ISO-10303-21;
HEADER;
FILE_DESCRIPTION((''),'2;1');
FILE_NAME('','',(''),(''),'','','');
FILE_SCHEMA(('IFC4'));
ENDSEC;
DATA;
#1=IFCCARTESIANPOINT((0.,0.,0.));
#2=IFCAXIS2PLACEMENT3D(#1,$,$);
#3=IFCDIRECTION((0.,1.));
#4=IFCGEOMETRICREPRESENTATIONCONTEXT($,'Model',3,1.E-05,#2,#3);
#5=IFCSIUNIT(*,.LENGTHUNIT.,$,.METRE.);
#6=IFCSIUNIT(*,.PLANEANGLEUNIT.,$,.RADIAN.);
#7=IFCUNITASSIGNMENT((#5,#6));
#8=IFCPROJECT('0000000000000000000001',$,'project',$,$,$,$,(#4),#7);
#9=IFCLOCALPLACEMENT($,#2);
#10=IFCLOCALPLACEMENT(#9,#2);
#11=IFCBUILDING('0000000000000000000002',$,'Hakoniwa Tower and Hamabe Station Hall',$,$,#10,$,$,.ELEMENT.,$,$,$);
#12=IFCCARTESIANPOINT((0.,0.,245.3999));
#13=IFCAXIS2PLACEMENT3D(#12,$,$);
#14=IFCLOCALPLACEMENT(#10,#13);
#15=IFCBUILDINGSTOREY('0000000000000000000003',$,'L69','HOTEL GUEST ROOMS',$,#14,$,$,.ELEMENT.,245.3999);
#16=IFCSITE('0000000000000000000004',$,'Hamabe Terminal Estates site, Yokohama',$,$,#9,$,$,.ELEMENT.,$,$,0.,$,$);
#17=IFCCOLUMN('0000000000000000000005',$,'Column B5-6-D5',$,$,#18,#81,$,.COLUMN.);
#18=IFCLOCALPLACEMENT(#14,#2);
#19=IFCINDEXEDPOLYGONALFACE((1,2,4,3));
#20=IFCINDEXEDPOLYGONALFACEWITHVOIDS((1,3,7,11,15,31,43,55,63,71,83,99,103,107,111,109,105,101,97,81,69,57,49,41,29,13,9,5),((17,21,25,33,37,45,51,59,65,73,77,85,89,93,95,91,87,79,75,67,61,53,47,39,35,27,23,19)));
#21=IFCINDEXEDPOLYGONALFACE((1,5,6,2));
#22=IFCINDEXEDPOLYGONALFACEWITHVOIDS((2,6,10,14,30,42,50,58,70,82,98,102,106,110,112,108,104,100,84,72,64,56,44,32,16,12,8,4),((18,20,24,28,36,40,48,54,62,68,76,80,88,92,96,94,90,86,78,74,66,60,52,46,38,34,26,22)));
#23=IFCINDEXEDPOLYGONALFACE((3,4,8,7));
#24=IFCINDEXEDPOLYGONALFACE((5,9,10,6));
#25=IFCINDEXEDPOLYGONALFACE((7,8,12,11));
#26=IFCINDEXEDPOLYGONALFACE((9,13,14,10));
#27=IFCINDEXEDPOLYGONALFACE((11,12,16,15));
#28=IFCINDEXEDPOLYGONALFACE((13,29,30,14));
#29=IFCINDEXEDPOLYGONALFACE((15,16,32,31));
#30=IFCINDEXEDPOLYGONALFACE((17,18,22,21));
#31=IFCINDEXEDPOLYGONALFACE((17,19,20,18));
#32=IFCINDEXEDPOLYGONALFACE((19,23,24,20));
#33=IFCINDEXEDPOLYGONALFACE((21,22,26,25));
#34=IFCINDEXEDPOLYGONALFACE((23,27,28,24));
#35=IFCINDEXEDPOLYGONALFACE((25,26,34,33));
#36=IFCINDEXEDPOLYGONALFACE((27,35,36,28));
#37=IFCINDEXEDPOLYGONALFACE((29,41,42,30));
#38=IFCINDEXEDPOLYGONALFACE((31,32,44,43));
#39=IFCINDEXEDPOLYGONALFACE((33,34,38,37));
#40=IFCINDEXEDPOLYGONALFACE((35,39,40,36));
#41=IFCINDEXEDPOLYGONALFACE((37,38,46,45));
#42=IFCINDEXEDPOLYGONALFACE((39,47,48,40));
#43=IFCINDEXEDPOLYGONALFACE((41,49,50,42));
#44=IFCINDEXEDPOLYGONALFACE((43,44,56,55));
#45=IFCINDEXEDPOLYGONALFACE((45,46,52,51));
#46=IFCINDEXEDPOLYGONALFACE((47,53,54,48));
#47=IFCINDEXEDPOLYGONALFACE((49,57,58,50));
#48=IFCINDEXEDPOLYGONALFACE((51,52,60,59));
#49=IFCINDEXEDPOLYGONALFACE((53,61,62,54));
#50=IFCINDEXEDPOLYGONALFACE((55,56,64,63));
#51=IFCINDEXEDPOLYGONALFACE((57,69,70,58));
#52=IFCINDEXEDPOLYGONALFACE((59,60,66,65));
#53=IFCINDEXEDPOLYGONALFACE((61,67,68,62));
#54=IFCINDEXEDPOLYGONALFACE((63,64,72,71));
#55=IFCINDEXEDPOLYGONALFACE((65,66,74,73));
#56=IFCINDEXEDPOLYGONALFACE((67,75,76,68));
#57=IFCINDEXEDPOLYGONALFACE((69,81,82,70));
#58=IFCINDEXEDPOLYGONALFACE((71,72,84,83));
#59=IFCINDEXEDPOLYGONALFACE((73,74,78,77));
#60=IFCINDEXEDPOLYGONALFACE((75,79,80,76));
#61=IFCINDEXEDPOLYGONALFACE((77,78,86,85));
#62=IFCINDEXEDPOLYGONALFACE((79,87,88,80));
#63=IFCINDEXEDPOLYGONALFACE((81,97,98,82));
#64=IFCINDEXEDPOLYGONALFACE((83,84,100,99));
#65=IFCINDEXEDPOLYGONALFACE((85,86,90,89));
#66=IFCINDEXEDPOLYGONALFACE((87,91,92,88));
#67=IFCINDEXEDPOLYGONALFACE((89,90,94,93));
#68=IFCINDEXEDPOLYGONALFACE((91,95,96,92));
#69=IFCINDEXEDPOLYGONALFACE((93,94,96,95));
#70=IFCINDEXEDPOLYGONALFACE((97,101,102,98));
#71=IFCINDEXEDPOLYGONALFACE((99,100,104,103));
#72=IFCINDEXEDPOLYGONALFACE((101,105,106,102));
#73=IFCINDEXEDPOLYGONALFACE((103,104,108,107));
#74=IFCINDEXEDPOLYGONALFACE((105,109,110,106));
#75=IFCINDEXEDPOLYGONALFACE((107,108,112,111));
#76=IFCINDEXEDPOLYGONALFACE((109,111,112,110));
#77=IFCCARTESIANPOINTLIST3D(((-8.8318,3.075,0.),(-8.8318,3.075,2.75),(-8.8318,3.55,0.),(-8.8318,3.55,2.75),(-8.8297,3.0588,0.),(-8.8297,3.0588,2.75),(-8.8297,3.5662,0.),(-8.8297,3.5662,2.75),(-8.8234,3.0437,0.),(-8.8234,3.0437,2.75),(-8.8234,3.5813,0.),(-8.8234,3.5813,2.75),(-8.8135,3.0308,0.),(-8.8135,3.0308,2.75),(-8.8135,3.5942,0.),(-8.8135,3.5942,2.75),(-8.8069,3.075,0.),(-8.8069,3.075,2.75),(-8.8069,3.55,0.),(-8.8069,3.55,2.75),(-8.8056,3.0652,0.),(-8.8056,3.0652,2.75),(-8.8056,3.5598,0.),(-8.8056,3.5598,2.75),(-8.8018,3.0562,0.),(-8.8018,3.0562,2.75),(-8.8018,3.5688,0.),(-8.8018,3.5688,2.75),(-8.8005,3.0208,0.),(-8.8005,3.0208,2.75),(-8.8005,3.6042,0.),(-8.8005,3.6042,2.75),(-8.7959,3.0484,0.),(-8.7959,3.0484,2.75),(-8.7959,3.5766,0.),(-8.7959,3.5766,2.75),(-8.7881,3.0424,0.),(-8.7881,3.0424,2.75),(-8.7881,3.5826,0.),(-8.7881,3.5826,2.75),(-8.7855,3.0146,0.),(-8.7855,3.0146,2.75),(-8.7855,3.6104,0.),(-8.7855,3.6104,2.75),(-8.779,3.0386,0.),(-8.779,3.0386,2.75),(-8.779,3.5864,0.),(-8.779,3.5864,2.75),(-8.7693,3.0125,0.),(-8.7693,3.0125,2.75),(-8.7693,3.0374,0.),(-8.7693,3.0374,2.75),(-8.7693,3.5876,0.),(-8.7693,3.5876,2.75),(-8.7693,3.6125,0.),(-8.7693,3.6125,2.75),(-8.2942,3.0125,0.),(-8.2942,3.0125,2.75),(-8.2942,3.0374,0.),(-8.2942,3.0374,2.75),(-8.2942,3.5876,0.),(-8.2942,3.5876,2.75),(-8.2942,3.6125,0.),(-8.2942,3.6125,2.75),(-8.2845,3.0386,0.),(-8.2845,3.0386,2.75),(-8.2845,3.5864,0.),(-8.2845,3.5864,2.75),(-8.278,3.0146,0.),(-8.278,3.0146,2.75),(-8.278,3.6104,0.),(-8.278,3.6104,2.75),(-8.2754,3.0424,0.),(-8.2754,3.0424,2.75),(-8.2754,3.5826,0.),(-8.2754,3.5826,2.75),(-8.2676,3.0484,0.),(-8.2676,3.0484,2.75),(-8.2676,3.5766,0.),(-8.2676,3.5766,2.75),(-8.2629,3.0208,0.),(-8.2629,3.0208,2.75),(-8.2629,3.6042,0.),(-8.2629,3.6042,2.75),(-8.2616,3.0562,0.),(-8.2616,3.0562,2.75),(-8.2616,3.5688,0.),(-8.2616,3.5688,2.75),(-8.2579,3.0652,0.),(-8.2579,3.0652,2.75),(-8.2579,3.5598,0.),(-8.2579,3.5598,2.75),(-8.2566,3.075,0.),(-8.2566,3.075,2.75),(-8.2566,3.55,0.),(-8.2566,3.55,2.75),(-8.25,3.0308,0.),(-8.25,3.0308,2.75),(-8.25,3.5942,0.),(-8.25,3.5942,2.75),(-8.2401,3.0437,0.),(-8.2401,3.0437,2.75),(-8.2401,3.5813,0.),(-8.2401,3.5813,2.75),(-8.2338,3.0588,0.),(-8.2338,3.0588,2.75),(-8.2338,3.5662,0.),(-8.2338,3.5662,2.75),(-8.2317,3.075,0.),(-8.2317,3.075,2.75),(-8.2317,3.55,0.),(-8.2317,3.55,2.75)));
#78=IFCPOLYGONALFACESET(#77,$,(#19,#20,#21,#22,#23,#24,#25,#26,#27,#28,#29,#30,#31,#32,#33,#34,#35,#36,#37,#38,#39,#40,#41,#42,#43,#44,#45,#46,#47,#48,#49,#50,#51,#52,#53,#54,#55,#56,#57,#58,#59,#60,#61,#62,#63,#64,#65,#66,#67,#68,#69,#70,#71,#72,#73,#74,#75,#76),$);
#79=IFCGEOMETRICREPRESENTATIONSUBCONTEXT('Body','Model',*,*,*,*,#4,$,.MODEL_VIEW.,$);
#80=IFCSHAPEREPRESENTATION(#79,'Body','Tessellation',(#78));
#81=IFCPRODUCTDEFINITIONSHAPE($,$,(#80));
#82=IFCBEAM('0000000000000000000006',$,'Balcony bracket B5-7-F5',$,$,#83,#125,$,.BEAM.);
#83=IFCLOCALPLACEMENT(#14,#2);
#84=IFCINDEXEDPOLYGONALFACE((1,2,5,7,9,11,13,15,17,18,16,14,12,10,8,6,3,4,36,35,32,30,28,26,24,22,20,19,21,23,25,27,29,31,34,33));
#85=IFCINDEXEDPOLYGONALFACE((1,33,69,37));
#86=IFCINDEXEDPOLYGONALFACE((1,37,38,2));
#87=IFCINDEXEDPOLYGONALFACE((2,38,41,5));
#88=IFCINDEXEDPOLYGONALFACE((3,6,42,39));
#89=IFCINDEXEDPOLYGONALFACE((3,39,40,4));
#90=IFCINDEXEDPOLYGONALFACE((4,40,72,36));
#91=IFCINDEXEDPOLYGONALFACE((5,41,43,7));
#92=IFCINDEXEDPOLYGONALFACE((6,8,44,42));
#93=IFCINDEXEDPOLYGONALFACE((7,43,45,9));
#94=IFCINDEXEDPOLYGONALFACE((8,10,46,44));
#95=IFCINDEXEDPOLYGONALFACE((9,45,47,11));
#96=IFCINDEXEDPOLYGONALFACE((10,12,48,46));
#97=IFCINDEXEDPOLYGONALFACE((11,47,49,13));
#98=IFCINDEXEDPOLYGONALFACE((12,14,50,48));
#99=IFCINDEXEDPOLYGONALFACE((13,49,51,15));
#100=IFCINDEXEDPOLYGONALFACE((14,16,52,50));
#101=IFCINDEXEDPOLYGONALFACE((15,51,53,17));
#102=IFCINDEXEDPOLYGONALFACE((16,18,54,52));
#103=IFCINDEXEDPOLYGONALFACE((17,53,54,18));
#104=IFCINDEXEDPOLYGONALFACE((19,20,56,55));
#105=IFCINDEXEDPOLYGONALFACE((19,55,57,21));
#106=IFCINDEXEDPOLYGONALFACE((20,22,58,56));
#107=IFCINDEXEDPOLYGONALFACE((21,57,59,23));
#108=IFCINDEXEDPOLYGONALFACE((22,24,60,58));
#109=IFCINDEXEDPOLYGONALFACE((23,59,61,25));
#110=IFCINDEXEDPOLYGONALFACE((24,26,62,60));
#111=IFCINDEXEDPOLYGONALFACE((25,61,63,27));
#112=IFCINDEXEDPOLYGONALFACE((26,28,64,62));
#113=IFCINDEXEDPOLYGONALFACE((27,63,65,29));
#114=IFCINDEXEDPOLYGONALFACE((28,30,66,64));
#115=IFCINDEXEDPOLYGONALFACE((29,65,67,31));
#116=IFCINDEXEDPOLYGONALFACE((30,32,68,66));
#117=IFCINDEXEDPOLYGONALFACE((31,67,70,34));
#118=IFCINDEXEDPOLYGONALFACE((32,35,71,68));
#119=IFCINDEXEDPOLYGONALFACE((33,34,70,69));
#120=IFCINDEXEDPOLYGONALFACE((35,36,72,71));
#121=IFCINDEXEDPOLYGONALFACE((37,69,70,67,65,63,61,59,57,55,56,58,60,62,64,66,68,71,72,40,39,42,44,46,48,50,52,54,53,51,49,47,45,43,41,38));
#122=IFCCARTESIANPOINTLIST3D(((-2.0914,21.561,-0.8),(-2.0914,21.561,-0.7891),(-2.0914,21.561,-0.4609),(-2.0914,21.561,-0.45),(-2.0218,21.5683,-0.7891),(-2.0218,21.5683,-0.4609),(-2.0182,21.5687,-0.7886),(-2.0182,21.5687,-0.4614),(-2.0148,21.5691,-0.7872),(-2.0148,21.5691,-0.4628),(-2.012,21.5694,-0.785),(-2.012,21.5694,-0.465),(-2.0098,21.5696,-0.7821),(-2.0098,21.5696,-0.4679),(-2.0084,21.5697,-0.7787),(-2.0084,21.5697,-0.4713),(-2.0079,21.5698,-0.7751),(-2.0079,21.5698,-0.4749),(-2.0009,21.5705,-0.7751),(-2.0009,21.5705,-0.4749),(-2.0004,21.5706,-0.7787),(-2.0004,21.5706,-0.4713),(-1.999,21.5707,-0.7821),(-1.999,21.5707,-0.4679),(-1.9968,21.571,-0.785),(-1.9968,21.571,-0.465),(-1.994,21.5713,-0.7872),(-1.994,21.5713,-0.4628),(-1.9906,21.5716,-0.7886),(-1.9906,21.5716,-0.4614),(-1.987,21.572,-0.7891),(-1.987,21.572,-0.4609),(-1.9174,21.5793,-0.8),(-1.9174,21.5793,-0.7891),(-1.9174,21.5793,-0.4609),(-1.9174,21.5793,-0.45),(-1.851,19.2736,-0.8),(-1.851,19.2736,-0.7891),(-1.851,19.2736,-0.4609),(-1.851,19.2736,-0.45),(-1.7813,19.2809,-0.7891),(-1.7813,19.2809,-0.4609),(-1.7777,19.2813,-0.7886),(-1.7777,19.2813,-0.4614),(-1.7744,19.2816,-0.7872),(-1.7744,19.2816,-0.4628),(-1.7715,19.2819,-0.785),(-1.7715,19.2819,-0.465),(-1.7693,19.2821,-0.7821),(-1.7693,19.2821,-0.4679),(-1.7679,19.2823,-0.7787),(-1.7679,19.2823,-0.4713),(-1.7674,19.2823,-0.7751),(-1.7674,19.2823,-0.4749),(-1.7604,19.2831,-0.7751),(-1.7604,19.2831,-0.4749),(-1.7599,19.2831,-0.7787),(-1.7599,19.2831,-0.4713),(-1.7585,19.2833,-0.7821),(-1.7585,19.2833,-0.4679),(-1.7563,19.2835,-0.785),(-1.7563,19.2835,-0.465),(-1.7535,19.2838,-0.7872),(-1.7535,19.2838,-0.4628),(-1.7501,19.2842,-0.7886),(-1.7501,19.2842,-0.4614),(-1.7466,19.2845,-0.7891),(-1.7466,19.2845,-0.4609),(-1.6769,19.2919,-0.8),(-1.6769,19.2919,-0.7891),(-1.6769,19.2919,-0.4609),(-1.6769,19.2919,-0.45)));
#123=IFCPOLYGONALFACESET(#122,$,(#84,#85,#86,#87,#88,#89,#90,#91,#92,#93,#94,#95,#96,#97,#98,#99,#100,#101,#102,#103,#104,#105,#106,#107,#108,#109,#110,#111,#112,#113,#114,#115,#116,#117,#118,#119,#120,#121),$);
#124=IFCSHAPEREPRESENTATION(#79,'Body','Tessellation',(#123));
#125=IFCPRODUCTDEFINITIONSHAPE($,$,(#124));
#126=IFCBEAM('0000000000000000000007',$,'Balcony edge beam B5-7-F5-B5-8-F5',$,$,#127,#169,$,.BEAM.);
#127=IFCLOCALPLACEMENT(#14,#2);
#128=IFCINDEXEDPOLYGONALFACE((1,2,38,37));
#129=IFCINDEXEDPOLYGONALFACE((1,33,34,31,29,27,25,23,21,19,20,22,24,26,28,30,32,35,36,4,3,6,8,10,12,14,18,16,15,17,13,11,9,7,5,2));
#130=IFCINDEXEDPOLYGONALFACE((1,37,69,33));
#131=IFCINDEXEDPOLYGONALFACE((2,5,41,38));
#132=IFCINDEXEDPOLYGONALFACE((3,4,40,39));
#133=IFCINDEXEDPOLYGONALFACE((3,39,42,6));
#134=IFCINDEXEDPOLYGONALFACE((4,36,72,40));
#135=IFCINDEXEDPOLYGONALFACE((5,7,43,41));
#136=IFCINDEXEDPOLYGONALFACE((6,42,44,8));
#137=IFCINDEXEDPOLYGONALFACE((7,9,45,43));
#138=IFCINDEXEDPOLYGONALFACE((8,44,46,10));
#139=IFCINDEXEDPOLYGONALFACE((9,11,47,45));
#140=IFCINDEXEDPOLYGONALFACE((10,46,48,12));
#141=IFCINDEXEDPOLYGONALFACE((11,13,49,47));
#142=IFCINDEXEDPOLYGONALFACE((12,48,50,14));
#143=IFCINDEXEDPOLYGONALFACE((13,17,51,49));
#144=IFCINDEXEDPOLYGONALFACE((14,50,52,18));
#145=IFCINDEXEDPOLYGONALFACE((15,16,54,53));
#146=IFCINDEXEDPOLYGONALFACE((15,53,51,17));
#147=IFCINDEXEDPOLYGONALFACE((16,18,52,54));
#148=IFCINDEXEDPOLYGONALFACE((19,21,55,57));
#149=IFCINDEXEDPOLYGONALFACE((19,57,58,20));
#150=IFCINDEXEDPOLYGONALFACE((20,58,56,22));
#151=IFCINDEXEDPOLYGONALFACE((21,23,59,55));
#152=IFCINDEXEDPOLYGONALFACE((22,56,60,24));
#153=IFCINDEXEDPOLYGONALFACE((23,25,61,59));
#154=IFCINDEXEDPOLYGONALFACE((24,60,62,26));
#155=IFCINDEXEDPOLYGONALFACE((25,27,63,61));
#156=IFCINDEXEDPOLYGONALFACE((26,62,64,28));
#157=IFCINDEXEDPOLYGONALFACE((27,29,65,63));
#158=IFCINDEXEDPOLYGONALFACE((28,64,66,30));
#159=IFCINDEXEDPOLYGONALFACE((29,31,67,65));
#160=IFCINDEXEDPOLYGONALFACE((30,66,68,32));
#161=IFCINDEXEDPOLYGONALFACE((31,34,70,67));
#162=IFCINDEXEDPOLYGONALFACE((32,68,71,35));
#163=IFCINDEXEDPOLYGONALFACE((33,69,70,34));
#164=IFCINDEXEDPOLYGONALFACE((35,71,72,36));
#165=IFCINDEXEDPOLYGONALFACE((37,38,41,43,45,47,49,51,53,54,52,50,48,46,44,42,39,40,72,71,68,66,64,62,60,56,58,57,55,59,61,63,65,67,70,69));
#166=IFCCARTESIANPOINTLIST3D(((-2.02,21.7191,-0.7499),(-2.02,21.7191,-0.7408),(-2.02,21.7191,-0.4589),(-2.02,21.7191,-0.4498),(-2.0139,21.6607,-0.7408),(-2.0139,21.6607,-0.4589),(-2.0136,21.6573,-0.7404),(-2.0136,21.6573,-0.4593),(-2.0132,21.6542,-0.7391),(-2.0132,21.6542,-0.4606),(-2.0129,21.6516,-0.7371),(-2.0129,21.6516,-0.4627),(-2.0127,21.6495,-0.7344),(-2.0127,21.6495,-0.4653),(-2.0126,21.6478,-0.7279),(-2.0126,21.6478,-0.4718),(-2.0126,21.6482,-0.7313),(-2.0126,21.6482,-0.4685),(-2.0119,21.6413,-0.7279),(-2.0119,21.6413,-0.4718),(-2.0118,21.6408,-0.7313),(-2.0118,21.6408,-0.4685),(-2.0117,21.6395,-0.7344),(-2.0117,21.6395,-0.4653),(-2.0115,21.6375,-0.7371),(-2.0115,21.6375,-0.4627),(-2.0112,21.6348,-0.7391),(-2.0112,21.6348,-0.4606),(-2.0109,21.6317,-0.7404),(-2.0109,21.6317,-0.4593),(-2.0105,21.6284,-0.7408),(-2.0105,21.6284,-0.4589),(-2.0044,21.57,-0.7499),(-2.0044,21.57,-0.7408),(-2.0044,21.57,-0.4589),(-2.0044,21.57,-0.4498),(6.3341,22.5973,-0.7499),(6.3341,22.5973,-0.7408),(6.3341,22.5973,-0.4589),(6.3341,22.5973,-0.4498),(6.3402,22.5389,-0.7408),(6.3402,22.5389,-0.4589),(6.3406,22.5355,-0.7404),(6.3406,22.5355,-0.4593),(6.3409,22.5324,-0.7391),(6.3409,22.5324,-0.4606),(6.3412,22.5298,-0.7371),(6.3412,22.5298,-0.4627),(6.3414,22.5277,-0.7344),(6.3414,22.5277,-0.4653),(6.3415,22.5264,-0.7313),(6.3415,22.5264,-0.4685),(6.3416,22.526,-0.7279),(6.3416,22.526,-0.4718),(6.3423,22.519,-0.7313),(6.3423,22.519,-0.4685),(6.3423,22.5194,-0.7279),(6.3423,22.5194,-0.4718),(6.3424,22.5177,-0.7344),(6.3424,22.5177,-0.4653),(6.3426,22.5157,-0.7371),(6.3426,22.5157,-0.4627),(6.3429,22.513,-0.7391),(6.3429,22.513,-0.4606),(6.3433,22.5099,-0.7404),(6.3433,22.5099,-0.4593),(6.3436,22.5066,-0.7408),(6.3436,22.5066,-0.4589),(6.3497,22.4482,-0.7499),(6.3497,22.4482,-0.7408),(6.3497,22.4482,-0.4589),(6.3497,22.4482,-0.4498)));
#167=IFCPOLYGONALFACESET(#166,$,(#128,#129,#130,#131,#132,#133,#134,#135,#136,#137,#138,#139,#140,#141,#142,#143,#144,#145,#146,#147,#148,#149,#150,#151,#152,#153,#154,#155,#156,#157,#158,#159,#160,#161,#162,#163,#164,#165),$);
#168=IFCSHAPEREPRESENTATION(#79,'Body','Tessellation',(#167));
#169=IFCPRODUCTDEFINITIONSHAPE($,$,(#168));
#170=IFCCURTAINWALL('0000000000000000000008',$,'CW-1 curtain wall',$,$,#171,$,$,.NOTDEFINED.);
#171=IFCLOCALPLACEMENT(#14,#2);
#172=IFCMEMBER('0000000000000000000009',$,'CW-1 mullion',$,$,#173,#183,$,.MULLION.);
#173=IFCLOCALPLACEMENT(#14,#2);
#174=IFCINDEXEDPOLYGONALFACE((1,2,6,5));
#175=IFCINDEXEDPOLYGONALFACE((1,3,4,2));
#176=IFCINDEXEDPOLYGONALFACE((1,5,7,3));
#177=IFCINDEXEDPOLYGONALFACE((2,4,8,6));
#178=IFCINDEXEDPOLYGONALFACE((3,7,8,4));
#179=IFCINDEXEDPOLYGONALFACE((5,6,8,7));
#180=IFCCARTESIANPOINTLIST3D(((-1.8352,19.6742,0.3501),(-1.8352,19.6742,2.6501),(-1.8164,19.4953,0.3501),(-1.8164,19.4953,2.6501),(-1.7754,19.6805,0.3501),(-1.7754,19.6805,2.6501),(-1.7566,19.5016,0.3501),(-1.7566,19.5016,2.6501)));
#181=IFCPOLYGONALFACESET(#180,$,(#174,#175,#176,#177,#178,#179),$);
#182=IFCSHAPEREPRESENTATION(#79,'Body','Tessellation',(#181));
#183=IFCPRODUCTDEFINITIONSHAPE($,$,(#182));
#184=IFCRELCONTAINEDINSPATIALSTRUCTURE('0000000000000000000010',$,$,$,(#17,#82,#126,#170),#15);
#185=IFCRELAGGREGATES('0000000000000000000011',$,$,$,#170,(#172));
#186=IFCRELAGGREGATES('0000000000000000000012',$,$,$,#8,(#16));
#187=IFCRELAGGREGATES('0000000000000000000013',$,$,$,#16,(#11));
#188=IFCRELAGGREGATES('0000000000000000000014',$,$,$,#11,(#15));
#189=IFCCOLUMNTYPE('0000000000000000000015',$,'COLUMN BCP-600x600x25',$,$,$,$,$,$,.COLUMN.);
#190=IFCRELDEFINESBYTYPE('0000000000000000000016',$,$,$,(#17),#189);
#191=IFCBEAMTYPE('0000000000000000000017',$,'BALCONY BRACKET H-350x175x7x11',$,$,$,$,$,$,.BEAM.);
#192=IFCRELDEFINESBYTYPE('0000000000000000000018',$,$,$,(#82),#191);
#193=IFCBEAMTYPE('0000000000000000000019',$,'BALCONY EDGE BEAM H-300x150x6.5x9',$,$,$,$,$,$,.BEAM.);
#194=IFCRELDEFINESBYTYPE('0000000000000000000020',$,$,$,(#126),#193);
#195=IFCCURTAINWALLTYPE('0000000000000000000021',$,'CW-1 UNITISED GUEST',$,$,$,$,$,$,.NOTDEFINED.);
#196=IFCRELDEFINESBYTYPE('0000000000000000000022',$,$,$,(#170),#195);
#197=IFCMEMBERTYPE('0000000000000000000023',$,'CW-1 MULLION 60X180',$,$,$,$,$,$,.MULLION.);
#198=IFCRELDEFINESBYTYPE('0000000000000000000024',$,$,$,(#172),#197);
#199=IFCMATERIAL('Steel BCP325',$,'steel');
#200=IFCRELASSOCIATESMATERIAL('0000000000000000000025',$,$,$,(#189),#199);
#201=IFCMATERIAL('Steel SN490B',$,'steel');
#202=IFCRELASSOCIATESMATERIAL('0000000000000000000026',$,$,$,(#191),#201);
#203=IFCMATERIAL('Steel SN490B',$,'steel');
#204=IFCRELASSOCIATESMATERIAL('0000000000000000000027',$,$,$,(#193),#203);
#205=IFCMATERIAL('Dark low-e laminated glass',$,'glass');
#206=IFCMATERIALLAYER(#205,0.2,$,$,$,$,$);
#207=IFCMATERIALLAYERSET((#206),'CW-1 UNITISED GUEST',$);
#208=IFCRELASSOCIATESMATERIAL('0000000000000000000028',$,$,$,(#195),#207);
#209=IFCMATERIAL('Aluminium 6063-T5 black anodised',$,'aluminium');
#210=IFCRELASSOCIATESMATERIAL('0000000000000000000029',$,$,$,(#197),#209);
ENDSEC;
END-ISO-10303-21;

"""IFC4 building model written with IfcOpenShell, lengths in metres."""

from ifc_helpers import new_model, si_unit, direction, frame, origin, origin_2d, place, context, subcontext, project, spatial, rectangle, hollow_rectangle, i_section, extrude, material, layer, layer_set, material_profile, profile_set, type_object, element, aggregate, save


model = new_model("IFC4")

# Units and contexts
model_context = context("Model", 3, precision=1e-05, world=origin(), true_north=direction((0.0, 1.0)))
body_context = subcontext(model_context, "Body", "Model", "MODEL_VIEW")
ifc_project = project(units=[si_unit("LENGTHUNIT", "METRE"), si_unit("PLANEANGLEUNIT", "RADIAN")], contexts=[model_context])

# Site, building, storey
site_placement = place(None, origin())
site = spatial("IfcSite", under=ifc_project, at=site_placement, Name="Hamabe Terminal Estates site, Yokohama", CompositionType="ELEMENT", RefElevation=0.0)
building_placement = place(site_placement, origin())
building = spatial("IfcBuilding", under=site, at=building_placement, Name="Hakoniwa Tower and Hamabe Station Hall", CompositionType="ELEMENT")
storey_placement = place(building_placement, frame((0.0, 0.0, 245.3999)))
storey = spatial("IfcBuildingStorey", under=building, at=storey_placement, Name="L69", Description="HOTEL GUEST ROOMS", CompositionType="ELEMENT", Elevation=245.3999)

# Column
ifc_material_1 = material(Name="Steel BCP325", Category="steel")
ifc_material_profile_1 = material_profile(ifc_material_1, hollow_rectangle(XDim=0.6001, YDim=0.6001, WallThickness=0.0249, InnerFilletRadius=0.0376, OuterFilletRadius=0.0625, at=origin_2d()), Name="BCP-600x600x25")
ifc_profile_set_1 = profile_set([ifc_material_profile_1], Name="Steel BCP325")
column_type_1 = type_object("IfcColumnType", Name="COLUMN BCP-600x600x25", PredefinedType="COLUMN", material=ifc_profile_set_1)
column_placement = place(storey_placement, frame((-8.5317, 3.3125, 0.0), z_axis=(0.0, 0.0, 1.0), x_axis=(1.0, 0.0, 0.0)))
element("IfcColumn", 1, at=column_placement, inside=storey, type_object=column_type_1, Name="Column B5-6-D5", PredefinedType="COLUMN", context=body_context, shape_type="SweptSolid", body=[
    extrude(hollow_rectangle(XDim=0.6001, YDim=0.6001, WallThickness=0.0249, InnerFilletRadius=0.0376, OuterFilletRadius=0.0625, at=origin_2d()), origin(), (0.0, 0.0, 1.0), 2.75),
])

# Beams
ifc_material_2 = material(Name="Steel SN490B", Category="steel")
ifc_material_profile_2 = material_profile(ifc_material_2, i_section(OverallWidth=0.175, OverallDepth=0.3501, WebThickness=0.0071, FlangeThickness=0.011, FilletRadius=0.0139, at=origin_2d()), Name="H-350x175x7x11")
ifc_profile_set_2 = profile_set([ifc_material_profile_2], Name="Steel SN490B")
beam_type_1 = type_object("IfcBeamType", Name="BALCONY BRACKET H-350x175x7x11", PredefinedType="BEAM", material=ifc_profile_set_2)
beam_1_placement = place(storey_placement, frame((-1.7639, 19.2827, -0.625), z_axis=(-0.104558, 0.994519, 0.0), x_axis=(-0.994519, -0.104558, 0.0)))
element("IfcBeam", 2, at=beam_1_placement, inside=storey, type_object=beam_type_1, Name="Balcony bracket B5-7-F5", PredefinedType="BEAM", context=body_context, shape_type="SweptSolid", body=[
    extrude(i_section(OverallWidth=0.175, OverallDepth=0.3501, WebThickness=0.0071, FlangeThickness=0.011, FilletRadius=0.0139, at=origin_2d()), origin(), (0.0, 0.0, 1.0), 2.3),
])
ifc_material_3 = material(Name="Steel SN490B", Category="steel")
ifc_material_profile_3 = material_profile(ifc_material_3, i_section(OverallWidth=0.1499, OverallDepth=0.3, WebThickness=0.0066, FlangeThickness=0.009, FilletRadius=0.0129, at=origin_2d()), Name="H-300x150x6.5x9")
ifc_profile_set_3 = profile_set([ifc_material_profile_3], Name="Steel SN490B")
beam_type_2 = type_object("IfcBeamType", Name="BALCONY EDGE BEAM H-300x150x6.5x9", PredefinedType="BEAM", material=ifc_profile_set_3)
beam_2_placement = place(storey_placement, frame((-2.0122, 21.6445, -0.5999), z_axis=(0.99452, 0.104544, 0.0), x_axis=(-0.104544, 0.99452, 0.0)))
element("IfcBeam", 3, at=beam_2_placement, inside=storey, type_object=beam_type_2, Name="Balcony edge beam B5-7-F5-B5-8-F5", PredefinedType="BEAM", context=body_context, shape_type="SweptSolid", body=[
    extrude(i_section(OverallWidth=0.1499, OverallDepth=0.3, WebThickness=0.0066, FlangeThickness=0.009, FilletRadius=0.0129, at=origin_2d()), origin(), (0.0, 0.0, 1.0), 8.4001),
])

# Curtain wall, member
ifc_material_4 = material(Name="Dark low-e laminated glass", Category="glass")
ifc_layer_1 = layer(ifc_material_4, 0.2)
ifc_layer_set_1 = layer_set([ifc_layer_1], Name="CW-1 UNITISED GUEST")
curtain_wall_type = type_object("IfcCurtainWallType", Name="CW-1 UNITISED GUEST", PredefinedType="NOTDEFINED", material=ifc_layer_set_1)
curtain_wall_placement = place(storey_placement, origin())
curtain_wall = element("IfcCurtainWall", 4, at=curtain_wall_placement, inside=storey, type_object=curtain_wall_type, Name="CW-1 curtain wall", PredefinedType="NOTDEFINED")
ifc_material_5 = material(Name="Aluminium 6063-T5 black anodised", Category="aluminium")
ifc_material_profile_4 = material_profile(ifc_material_5, rectangle(XDim=0.0601, YDim=0.1799, at=origin_2d()), Name="CW-1 MULLION 60X180")
ifc_profile_set_4 = profile_set([ifc_material_profile_4], Name="Aluminium 6063-T5 black anodised")
member_type = type_object("IfcMemberType", Name="CW-1 MULLION 60X180", PredefinedType="MULLION", material=ifc_profile_set_4)
member_placement = place(storey_placement, frame((-1.7959, 19.5879, 0.3501), z_axis=(0.0, 0.0, 1.0), x_axis=(-0.994522, -0.104528, 0.0)))
member = element("IfcMember", 5, at=member_placement, type_object=member_type, Name="CW-1 mullion", PredefinedType="MULLION", context=body_context, shape_type="SweptSolid", body=[
    extrude(rectangle(XDim=0.0601, YDim=0.1799, at=origin_2d()), origin(), (0.0, 0.0, 1.0), 2.3),
])

aggregate(curtain_wall, [member])

save(model, "model.ifc")
